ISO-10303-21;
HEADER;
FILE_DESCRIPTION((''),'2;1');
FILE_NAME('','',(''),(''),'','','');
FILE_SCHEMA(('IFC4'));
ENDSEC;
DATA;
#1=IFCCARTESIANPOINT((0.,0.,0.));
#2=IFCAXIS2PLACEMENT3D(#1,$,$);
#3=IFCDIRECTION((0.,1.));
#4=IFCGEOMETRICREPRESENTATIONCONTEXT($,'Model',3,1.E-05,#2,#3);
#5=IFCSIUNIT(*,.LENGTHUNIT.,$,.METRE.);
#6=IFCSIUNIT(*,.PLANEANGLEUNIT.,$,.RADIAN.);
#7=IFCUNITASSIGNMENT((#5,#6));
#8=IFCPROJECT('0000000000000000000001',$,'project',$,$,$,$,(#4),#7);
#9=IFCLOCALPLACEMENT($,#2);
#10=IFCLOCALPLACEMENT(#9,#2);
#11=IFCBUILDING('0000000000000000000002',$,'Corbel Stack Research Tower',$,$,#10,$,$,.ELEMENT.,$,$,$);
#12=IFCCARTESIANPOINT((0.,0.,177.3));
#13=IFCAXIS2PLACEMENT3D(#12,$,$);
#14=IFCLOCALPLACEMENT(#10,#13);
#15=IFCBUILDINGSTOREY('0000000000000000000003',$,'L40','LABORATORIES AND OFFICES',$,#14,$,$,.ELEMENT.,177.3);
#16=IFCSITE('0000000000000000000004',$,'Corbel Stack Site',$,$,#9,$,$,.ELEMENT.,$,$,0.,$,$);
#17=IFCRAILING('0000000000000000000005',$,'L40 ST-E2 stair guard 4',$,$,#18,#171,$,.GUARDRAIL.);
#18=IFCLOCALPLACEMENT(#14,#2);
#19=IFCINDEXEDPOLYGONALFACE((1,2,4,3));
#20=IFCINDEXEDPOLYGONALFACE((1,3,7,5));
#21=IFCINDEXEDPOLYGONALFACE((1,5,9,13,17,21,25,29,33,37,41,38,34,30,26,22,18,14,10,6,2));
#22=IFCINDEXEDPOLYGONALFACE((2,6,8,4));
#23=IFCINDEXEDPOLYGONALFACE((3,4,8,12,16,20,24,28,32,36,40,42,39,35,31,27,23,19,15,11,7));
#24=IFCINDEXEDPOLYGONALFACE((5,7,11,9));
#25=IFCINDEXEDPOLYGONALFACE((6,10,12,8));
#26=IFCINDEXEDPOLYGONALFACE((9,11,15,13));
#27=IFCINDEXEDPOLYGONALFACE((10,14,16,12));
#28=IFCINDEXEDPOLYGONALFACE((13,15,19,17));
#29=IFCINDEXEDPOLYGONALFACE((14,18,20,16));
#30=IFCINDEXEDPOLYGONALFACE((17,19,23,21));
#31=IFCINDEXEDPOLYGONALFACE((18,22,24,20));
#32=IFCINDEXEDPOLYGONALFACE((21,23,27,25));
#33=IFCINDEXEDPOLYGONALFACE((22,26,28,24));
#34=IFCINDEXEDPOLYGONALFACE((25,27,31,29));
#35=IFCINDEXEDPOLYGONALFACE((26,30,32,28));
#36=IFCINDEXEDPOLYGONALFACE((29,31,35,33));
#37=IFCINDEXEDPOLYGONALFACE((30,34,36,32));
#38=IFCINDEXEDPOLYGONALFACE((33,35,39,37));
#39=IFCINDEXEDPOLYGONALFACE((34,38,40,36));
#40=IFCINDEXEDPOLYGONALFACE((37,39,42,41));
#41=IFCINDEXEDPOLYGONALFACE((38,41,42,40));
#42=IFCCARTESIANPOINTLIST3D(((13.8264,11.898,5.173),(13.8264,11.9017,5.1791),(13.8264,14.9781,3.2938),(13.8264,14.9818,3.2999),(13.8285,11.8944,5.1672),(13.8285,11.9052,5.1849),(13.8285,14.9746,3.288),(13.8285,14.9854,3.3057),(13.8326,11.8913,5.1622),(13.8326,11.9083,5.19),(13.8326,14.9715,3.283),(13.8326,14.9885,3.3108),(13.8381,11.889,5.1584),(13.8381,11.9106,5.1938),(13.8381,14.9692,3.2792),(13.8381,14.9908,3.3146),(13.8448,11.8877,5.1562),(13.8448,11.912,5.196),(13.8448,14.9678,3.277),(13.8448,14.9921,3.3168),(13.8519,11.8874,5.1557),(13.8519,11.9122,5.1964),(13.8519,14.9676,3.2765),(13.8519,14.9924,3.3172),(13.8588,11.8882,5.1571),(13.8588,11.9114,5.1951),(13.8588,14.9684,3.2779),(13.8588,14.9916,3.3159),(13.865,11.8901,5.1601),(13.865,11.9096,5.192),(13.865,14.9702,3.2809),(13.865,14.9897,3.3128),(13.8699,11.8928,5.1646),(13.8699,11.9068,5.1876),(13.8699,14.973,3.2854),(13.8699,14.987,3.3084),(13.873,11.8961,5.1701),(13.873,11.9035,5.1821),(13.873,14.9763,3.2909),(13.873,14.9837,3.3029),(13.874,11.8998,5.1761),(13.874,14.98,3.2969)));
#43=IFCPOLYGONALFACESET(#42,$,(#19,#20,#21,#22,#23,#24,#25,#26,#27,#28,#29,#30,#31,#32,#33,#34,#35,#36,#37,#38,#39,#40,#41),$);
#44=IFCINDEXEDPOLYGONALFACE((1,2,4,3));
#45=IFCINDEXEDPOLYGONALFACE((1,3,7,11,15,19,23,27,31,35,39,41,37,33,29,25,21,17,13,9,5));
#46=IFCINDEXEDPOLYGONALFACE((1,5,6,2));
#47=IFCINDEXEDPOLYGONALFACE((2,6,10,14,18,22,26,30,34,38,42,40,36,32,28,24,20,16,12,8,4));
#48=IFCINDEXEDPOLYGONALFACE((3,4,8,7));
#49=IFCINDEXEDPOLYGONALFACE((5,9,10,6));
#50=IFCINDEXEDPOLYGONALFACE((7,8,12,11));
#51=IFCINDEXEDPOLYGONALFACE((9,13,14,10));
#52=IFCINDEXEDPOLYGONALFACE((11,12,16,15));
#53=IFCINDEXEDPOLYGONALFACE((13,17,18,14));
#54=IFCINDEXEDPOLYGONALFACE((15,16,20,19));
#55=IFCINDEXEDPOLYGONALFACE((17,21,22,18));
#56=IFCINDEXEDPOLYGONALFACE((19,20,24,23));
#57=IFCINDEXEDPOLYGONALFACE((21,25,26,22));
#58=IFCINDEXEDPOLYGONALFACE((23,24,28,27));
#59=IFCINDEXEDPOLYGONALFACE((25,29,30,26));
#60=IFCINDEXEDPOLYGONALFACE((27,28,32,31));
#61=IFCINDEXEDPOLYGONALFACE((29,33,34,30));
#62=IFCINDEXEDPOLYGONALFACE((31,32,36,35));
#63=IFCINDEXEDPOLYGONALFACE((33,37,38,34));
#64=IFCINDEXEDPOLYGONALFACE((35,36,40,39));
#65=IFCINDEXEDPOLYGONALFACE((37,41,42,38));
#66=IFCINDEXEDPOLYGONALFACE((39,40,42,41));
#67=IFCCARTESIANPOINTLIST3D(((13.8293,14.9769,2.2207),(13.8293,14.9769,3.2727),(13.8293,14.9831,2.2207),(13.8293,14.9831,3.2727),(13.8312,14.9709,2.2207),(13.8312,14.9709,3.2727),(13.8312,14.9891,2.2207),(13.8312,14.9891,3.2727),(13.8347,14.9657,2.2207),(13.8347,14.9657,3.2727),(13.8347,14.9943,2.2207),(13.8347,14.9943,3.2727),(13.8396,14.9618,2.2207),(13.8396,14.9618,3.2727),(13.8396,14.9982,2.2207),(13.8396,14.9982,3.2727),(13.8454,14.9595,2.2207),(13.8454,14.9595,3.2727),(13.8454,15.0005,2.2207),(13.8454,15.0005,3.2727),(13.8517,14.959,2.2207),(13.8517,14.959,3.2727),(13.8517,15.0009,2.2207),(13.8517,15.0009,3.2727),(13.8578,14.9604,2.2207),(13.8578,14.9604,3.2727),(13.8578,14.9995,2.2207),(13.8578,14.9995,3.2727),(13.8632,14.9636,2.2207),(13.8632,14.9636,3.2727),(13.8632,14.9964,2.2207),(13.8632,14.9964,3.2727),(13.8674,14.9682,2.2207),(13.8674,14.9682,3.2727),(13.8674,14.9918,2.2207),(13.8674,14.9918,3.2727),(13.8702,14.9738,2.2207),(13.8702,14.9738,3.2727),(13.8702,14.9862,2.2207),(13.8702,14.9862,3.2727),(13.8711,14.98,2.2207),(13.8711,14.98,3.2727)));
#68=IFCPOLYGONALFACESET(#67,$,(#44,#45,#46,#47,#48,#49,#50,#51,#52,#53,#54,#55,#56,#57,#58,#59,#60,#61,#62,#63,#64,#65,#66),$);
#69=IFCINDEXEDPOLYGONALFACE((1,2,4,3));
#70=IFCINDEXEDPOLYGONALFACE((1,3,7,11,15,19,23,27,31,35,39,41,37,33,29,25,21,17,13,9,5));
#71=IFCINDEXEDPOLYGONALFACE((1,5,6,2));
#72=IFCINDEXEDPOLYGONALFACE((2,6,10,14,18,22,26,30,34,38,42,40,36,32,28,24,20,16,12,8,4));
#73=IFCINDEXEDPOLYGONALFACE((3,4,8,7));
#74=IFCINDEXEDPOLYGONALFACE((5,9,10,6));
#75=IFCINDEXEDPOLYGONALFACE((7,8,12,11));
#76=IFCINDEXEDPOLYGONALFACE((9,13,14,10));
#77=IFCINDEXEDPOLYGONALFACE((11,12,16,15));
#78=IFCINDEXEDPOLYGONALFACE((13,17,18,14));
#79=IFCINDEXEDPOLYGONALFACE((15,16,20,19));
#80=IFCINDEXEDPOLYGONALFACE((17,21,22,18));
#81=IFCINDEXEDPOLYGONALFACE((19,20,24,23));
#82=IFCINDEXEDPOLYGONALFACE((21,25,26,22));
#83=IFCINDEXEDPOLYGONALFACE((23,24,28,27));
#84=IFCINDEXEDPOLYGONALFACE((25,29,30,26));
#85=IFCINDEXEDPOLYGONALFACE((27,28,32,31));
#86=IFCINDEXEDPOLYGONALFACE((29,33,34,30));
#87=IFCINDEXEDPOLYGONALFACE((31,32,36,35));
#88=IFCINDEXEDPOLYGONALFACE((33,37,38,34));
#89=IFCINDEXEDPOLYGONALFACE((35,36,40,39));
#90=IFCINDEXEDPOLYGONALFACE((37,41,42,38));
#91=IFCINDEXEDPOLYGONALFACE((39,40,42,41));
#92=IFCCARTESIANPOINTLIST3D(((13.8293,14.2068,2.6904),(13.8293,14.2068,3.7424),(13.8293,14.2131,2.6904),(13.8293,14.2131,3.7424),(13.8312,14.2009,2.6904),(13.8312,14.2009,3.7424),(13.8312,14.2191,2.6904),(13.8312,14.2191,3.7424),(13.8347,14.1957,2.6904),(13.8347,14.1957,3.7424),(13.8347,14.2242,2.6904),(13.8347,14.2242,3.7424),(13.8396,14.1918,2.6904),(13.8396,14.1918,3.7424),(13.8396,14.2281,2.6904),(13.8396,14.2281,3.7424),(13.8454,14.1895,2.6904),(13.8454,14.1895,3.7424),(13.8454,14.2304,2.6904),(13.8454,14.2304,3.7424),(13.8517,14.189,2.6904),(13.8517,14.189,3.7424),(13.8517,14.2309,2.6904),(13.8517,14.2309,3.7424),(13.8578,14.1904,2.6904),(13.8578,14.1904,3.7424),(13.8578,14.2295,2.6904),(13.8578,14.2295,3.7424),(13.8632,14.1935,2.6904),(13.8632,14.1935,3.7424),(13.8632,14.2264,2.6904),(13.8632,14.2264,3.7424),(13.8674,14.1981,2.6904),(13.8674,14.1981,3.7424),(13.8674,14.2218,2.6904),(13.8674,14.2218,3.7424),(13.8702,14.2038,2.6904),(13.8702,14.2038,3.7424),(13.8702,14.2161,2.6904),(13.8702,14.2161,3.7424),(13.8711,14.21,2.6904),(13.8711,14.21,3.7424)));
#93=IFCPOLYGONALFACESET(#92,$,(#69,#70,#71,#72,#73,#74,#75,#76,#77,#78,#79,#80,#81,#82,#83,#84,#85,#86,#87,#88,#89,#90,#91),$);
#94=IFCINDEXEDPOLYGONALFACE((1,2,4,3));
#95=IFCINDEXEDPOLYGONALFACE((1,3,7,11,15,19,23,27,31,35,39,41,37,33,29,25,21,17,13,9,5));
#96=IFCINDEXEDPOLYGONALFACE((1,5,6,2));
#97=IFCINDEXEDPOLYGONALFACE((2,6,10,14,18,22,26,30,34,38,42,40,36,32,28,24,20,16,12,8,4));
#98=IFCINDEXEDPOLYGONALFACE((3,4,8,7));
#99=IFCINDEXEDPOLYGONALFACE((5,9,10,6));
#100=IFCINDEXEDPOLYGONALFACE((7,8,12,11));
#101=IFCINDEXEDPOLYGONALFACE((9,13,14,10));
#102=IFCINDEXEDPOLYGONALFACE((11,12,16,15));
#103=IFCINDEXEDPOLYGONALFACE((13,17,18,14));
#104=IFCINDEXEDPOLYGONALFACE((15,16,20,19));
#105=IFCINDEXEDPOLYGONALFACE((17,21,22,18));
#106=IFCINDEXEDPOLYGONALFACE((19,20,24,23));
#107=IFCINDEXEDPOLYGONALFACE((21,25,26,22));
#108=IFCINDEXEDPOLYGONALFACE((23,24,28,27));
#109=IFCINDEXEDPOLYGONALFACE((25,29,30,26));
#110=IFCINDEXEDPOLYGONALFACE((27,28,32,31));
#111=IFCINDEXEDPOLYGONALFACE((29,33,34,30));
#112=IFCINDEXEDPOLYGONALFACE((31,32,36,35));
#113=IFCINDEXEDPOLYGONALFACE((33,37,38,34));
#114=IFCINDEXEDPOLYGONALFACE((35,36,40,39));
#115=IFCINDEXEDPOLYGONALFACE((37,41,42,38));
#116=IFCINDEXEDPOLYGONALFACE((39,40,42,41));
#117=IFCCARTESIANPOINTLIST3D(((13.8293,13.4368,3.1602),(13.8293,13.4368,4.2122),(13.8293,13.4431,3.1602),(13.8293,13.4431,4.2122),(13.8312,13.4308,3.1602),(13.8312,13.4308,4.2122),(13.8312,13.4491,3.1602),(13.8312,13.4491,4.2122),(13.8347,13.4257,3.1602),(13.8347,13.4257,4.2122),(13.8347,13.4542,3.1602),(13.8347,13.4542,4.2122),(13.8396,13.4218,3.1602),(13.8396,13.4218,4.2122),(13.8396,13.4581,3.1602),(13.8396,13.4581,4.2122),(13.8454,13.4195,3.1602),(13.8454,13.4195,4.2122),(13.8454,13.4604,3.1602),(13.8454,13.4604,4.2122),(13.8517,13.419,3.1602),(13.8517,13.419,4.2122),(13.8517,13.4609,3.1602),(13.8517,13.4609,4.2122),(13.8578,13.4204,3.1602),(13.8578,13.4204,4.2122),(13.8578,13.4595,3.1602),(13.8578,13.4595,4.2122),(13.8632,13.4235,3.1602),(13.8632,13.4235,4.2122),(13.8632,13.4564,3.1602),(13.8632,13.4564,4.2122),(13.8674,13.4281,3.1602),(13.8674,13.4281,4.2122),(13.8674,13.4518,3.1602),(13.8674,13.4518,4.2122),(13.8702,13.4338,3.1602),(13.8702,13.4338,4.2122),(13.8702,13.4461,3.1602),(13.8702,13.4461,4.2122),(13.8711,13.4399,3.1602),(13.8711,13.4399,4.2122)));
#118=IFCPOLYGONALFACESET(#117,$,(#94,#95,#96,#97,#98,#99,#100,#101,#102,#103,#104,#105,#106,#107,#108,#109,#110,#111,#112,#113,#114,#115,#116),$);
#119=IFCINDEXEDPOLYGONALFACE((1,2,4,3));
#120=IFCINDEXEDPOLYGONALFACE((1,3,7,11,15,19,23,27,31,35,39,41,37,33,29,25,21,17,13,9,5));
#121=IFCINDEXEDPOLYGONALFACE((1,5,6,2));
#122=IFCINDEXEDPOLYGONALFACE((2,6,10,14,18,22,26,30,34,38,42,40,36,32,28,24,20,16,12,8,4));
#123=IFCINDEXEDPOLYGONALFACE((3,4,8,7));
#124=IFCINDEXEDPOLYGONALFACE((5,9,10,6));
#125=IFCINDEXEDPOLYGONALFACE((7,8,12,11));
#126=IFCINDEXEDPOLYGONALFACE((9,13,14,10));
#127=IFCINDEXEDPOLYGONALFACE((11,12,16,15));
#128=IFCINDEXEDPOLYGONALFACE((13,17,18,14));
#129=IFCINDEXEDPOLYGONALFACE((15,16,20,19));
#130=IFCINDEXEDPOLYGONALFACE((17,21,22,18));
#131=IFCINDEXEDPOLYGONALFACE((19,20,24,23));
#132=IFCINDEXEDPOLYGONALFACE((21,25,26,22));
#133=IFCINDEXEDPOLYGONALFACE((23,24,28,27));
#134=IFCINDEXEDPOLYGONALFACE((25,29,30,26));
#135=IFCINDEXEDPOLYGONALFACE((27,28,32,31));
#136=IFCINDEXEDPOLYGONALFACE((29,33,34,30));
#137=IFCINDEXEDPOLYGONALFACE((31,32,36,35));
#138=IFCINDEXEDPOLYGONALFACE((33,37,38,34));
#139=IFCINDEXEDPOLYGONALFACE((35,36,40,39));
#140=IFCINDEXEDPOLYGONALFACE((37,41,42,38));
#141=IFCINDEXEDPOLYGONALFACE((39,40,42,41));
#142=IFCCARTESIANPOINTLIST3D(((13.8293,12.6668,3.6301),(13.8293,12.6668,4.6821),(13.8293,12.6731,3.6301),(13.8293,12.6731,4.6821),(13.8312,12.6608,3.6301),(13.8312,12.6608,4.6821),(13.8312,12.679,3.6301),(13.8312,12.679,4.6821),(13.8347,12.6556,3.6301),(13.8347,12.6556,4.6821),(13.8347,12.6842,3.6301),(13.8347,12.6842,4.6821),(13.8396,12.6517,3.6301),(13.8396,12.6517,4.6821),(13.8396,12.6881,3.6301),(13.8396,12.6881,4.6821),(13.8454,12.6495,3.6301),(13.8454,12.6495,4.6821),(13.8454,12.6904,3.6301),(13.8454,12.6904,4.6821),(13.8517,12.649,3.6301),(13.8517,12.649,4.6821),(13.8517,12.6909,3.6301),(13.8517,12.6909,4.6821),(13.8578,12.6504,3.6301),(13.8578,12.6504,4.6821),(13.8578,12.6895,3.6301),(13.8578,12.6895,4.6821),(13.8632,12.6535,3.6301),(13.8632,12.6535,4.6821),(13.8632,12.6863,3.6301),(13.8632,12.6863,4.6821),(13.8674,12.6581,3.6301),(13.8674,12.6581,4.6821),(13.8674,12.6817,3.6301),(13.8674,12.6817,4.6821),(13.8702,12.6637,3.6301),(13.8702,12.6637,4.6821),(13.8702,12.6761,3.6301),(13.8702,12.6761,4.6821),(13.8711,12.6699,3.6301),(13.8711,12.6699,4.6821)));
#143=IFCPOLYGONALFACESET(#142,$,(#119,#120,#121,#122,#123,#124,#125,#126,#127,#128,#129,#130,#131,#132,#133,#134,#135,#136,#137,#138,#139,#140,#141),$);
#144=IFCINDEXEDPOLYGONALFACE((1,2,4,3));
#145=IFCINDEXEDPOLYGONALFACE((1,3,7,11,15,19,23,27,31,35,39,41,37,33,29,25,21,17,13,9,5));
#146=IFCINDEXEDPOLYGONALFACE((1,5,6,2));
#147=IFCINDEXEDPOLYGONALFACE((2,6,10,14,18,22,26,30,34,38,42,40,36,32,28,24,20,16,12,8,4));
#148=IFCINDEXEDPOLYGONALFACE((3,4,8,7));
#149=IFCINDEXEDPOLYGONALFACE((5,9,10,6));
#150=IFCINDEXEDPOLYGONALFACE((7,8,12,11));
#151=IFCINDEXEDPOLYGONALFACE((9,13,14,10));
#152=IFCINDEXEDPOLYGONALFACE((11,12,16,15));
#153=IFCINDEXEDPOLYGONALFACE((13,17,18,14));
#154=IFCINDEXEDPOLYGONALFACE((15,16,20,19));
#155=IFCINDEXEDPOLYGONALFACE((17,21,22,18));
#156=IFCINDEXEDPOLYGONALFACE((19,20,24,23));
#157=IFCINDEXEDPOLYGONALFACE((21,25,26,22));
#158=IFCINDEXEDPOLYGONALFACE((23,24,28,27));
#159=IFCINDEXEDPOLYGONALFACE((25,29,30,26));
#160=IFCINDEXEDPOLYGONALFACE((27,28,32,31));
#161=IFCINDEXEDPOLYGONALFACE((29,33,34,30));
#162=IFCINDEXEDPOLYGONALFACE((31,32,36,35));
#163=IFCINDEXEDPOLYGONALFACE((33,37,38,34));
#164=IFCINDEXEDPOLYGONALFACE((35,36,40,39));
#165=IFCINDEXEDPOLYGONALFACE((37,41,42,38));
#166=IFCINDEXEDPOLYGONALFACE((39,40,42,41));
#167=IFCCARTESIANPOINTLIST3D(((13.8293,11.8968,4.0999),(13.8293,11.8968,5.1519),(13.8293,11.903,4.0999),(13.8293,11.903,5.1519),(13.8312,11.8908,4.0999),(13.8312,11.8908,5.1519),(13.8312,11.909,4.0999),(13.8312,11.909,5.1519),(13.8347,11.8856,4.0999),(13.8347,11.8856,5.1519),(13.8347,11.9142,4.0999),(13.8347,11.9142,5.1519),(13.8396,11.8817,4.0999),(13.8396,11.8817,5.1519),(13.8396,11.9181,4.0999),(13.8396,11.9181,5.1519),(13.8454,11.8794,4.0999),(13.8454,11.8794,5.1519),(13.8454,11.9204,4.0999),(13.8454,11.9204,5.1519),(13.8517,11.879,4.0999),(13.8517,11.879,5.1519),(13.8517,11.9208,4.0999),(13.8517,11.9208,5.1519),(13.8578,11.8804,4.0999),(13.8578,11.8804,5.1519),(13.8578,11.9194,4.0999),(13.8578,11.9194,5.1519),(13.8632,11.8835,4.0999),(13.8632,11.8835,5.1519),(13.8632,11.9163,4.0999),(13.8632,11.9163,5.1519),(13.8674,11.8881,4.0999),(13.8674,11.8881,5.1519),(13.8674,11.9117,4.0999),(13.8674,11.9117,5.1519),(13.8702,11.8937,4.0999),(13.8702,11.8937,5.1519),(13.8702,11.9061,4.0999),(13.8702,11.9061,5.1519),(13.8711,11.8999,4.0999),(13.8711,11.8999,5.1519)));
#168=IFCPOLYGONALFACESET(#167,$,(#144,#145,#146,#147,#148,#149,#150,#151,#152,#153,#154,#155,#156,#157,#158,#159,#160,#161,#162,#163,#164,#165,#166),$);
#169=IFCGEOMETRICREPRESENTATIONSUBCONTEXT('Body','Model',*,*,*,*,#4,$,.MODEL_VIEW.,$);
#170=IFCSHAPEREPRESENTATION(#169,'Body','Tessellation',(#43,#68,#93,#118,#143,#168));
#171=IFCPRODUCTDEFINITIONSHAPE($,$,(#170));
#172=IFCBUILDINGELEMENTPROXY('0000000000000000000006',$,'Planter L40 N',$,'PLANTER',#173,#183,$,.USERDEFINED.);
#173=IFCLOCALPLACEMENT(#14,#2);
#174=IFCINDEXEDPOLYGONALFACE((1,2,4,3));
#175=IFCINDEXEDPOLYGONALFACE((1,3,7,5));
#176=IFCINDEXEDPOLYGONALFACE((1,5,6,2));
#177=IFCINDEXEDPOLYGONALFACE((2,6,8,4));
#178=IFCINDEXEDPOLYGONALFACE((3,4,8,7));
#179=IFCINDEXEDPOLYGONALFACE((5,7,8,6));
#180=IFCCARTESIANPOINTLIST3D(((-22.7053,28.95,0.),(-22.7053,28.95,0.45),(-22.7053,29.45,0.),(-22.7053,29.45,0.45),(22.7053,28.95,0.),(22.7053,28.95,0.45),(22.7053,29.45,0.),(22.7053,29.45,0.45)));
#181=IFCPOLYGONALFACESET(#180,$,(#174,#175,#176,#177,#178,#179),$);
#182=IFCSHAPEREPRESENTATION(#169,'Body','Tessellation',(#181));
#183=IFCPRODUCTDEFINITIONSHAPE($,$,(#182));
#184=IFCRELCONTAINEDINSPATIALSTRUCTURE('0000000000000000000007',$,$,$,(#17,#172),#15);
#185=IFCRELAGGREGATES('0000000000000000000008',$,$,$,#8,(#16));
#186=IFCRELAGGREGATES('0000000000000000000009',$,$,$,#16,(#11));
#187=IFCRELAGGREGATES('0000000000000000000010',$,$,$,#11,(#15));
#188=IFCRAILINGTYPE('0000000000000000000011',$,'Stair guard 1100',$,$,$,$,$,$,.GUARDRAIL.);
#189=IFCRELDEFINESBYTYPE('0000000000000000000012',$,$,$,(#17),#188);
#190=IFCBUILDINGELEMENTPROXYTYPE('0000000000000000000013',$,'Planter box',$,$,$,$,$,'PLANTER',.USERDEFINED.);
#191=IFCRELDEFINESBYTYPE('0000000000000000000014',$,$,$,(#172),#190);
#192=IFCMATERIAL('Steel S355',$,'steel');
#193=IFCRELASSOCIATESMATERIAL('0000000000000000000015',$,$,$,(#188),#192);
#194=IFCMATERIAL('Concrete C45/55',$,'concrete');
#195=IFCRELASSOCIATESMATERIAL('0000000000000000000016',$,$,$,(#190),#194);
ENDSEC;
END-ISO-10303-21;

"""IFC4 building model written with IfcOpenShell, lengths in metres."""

from ifc_helpers import new_model, si_unit, direction, frame, origin, origin_2d, place, context, subcontext, project, spatial, rectangle, circle, extrude, material, type_object, element, save


model = new_model("IFC4")

# Units and contexts
model_context = context("Model", 3, precision=1e-05, world=origin(), true_north=direction((0.0, 1.0)))
body_context = subcontext(model_context, "Body", "Model", "MODEL_VIEW")
ifc_project = project(units=[si_unit("LENGTHUNIT", "METRE"), si_unit("PLANEANGLEUNIT", "RADIAN")], contexts=[model_context])

# Site, building, storey
site_placement = place(None, origin())
site = spatial("IfcSite", under=ifc_project, at=site_placement, Name="Corbel Stack Site", CompositionType="ELEMENT", RefElevation=0.0)
building_placement = place(site_placement, origin())
building = spatial("IfcBuilding", under=site, at=building_placement, Name="Corbel Stack Research Tower", CompositionType="ELEMENT")
storey_placement = place(building_placement, frame((0.0, 0.0, 177.3)))
storey = spatial("IfcBuildingStorey", under=building, at=storey_placement, Name="L40", Description="LABORATORIES AND OFFICES", CompositionType="ELEMENT", Elevation=177.3)

# Railing
ifc_material_1 = material(Name="Steel S355", Category="steel")
railing_type = type_object("IfcRailingType", Name="Stair guard 1100", PredefinedType="GUARDRAIL", material=ifc_material_1)
railing_1_placement = place(storey_placement, frame((13.8501, 14.98, 2.2207)))
element("IfcRailing", 1, at=railing_1_placement, inside=storey, type_object=railing_type, Name="L40 ST-E2 stair guard 4", PredefinedType="GUARDRAIL", context=body_context, shape_type="SweptSolid", body=[
    extrude(circle(Radius=0.0239, at=origin_2d()), frame((0.0, 0.0, 1.0762), z_axis=(0.0, -0.853666, 0.52082), x_axis=(1.0, 0.0, 0.0)), (0.0, 0.0, 1.0), 3.6082),
    extrude(circle(Radius=0.021, at=origin_2d()), origin(), (0.0, 0.0, 1.0), 1.052),
    extrude(circle(Radius=0.021, at=origin_2d()), frame((0.0, -0.77, 0.4697)), (0.0, 0.0, 1.0), 1.052),
    extrude(circle(Radius=0.021, at=origin_2d()), frame((0.0, -1.54, 0.9395)), (0.0, 0.0, 1.0), 1.052),
    extrude(circle(Radius=0.021, at=origin_2d()), frame((0.0, -2.3101, 1.4094)), (0.0, 0.0, 1.0), 1.052),
    extrude(circle(Radius=0.021, at=origin_2d()), frame((0.0, -3.0801, 1.8792)), (0.0, 0.0, 1.0), 1.052),
])

# Building element proxy
ifc_material_2 = material(Name="Concrete C45/55", Category="concrete")
building_element_proxy_type = type_object("IfcBuildingElementProxyType", Name="Planter box", ElementType="PLANTER", PredefinedType="USERDEFINED", material=ifc_material_2)
proxy_placement = place(storey_placement, frame((0.0, 29.2, 0.0), z_axis=(0.0, 0.0, 1.0), x_axis=(-1.0, 0.0, 0.0)))
element("IfcBuildingElementProxy", 2, at=proxy_placement, inside=storey, type_object=building_element_proxy_type, Name="Planter L40 N", ObjectType="PLANTER", PredefinedType="USERDEFINED", context=body_context, shape_type="SweptSolid", body=[
    extrude(rectangle(XDim=45.4106, YDim=0.5, at=origin_2d()), origin(), (0.0, 0.0, 1.0), 0.45),
])

save(model, "model.ifc")
